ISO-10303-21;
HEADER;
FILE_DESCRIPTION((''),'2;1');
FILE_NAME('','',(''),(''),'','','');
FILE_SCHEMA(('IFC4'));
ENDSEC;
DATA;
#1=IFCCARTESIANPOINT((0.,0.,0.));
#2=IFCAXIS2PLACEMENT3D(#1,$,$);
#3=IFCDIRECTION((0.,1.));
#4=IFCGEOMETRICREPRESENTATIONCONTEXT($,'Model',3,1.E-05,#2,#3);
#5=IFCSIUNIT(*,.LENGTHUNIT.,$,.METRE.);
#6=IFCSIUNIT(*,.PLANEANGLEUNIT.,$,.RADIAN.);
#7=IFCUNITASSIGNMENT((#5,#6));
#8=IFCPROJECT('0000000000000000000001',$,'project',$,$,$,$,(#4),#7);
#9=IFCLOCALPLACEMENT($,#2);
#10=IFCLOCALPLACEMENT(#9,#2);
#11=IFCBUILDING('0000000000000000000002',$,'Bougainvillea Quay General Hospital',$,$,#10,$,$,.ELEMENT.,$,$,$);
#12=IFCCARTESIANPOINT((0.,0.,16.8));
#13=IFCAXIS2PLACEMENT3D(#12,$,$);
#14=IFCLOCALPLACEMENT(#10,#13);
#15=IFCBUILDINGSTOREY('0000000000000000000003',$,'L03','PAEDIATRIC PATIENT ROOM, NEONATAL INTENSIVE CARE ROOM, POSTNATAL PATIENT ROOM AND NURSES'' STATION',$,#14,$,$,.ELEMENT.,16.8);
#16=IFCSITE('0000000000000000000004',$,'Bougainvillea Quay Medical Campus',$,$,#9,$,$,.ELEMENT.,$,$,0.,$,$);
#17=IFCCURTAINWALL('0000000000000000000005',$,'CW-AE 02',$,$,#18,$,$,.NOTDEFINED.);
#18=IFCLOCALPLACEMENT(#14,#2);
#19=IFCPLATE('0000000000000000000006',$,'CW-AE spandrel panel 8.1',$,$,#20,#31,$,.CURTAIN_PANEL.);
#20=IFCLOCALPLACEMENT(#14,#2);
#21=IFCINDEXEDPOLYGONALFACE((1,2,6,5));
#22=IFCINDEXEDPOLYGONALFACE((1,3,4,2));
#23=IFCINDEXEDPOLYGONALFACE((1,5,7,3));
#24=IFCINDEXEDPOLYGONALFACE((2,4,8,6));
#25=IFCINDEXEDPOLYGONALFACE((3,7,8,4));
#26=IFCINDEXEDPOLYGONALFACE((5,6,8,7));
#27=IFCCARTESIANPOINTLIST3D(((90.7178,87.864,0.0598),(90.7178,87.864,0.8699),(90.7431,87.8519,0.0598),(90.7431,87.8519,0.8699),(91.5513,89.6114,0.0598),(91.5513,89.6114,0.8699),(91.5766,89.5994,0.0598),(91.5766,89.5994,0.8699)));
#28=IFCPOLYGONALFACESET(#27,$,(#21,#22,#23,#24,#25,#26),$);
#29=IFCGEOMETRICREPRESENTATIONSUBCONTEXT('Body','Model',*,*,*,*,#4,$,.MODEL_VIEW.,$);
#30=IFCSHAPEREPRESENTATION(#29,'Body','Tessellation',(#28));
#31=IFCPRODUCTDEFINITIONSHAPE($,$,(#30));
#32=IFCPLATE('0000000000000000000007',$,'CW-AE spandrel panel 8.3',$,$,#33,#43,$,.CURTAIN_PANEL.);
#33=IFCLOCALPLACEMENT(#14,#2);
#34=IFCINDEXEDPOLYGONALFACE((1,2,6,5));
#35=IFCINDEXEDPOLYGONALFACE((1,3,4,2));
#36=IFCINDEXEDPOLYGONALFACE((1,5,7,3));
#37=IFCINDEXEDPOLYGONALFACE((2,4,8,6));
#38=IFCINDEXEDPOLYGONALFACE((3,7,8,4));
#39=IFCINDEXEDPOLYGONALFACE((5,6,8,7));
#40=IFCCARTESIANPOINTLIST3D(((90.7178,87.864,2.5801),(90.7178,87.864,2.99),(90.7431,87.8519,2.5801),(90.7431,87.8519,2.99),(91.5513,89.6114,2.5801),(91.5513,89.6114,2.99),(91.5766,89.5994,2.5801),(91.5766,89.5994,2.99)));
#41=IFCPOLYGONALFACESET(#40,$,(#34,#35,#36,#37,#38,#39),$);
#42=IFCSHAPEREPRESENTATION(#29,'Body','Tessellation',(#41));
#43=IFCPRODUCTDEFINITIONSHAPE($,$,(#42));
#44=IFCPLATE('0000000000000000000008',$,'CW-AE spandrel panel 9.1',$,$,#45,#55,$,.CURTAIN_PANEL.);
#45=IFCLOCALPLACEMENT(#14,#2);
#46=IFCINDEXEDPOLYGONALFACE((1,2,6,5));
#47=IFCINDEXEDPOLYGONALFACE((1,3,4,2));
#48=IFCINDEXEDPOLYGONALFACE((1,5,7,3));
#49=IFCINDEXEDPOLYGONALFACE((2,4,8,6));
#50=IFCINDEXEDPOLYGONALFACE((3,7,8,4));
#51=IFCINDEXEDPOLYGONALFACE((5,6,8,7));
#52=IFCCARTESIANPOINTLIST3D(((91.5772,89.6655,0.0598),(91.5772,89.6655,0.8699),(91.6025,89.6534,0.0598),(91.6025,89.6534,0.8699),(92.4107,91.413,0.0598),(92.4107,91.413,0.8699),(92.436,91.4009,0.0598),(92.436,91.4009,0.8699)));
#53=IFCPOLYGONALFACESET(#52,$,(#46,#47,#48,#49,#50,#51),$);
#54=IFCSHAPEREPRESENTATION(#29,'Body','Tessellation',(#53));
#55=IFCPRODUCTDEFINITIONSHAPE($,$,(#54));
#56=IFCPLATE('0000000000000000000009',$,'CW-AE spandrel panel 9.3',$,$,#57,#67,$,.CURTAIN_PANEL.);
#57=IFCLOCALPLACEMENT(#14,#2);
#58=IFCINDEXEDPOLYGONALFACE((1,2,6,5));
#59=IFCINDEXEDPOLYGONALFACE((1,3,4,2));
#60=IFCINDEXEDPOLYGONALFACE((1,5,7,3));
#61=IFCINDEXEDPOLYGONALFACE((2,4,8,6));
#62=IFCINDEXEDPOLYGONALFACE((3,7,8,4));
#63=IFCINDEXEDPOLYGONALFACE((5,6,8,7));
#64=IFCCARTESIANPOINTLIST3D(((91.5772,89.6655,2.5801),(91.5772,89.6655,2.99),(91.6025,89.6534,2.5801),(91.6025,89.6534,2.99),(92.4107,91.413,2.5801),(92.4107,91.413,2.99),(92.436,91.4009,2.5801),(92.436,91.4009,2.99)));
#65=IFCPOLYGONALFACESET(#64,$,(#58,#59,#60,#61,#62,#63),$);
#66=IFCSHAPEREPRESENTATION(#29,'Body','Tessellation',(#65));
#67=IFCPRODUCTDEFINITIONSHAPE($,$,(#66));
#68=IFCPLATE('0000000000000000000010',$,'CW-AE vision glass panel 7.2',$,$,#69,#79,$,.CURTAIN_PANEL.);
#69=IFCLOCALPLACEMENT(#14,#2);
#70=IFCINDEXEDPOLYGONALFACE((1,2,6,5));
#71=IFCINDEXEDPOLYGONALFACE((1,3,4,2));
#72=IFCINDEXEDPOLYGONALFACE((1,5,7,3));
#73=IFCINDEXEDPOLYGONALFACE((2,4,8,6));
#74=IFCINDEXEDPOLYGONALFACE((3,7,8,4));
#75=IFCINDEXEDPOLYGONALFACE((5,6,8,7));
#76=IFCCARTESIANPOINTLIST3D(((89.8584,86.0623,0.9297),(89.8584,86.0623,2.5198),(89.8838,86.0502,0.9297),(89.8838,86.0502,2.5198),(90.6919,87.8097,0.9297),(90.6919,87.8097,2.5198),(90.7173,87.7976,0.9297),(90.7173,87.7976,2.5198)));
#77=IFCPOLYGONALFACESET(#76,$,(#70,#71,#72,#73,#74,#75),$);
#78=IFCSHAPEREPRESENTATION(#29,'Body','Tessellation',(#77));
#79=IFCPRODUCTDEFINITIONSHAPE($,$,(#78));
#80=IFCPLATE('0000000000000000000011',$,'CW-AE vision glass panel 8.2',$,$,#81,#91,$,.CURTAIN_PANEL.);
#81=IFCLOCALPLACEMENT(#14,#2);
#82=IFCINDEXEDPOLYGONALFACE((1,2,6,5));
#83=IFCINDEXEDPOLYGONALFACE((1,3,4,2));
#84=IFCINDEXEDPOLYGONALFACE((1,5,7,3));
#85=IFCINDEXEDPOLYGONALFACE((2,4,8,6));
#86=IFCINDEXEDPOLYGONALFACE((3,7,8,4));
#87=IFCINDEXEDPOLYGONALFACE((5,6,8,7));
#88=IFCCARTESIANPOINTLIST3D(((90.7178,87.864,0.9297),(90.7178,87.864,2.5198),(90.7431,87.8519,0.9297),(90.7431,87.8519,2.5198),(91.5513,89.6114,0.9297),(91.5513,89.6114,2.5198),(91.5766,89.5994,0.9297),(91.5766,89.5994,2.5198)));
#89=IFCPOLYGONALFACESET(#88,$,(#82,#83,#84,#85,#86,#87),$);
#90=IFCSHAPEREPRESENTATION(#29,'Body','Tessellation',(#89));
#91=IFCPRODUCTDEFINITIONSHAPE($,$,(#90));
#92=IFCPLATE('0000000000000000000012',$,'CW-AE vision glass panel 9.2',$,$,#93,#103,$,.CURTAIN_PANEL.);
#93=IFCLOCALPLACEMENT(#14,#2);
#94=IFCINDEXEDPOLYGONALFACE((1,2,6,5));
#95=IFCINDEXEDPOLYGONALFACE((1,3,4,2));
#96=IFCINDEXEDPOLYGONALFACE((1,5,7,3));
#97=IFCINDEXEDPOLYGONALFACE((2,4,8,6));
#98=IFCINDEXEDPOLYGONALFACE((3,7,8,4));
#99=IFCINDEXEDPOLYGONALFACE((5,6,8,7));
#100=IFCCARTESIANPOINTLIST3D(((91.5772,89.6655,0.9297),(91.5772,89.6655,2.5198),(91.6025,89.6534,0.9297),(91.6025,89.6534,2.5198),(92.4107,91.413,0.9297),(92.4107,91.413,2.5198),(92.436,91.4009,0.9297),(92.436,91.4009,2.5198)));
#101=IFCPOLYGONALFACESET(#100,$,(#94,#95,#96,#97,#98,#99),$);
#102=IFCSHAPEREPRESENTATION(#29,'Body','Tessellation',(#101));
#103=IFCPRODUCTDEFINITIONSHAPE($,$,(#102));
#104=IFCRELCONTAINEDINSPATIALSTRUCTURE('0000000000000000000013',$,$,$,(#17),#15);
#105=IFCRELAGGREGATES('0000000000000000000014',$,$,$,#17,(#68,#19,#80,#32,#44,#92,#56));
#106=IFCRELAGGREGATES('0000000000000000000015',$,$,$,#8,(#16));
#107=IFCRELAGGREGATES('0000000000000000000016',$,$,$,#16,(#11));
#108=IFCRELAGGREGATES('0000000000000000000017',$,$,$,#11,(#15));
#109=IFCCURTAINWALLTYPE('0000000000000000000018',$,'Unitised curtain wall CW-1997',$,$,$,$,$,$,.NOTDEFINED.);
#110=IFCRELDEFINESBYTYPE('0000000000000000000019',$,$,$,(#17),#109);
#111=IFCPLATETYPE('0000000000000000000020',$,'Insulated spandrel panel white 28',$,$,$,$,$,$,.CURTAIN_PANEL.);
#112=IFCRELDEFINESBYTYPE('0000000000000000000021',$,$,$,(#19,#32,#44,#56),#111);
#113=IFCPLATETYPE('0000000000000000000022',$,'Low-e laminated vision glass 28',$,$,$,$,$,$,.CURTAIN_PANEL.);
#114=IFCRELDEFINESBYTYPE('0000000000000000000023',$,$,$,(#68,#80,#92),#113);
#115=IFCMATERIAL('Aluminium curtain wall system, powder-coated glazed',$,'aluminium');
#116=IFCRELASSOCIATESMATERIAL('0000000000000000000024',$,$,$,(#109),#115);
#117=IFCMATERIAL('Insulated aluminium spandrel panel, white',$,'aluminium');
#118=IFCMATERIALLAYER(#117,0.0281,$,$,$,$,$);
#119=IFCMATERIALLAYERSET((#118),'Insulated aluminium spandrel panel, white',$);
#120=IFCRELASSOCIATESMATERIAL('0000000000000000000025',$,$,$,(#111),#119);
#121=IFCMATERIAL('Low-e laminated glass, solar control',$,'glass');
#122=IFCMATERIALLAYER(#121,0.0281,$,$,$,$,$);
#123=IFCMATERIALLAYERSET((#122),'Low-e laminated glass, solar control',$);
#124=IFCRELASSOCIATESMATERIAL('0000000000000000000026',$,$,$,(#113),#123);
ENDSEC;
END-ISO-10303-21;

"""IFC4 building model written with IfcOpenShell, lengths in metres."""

from ifc_helpers import new_model, si_unit, direction, frame, origin, origin_2d, place, context, subcontext, project, spatial, rectangle, extrude, material, layer, layer_set, type_object, element, aggregate, save


model = new_model("IFC4")

# Units and contexts
model_context = context("Model", 3, precision=1e-05, world=origin(), true_north=direction((0.0, 1.0)))
body_context = subcontext(model_context, "Body", "Model", "MODEL_VIEW")
ifc_project = project(units=[si_unit("LENGTHUNIT", "METRE"), si_unit("PLANEANGLEUNIT", "RADIAN")], contexts=[model_context])

# Site, building, storey
site_placement = place(None, origin())
site = spatial("IfcSite", under=ifc_project, at=site_placement, Name="Bougainvillea Quay Medical Campus", CompositionType="ELEMENT", RefElevation=0.0)
building_placement = place(site_placement, origin())
building = spatial("IfcBuilding", under=site, at=building_placement, Name="Bougainvillea Quay General Hospital", CompositionType="ELEMENT")
storey_placement = place(building_placement, frame((0.0, 0.0, 16.8)))
storey = spatial("IfcBuildingStorey", under=building, at=storey_placement, Name="L03", Description="PAEDIATRIC PATIENT ROOM, NEONATAL INTENSIVE CARE ROOM, POSTNATAL PATIENT ROOM AND NURSES' STATION", CompositionType="ELEMENT", Elevation=16.8)

# Curtain wall
ifc_material_1 = material(Name="Aluminium curtain wall system, powder-coated glazed", Category="aluminium")
curtain_wall_type = type_object("IfcCurtainWallType", Name="Unitised curtain wall CW-1997", PredefinedType="NOTDEFINED", material=ifc_material_1)
curtain_wall_placement = place(storey_placement, origin())
curtain_wall = element("IfcCurtainWall", 1, at=curtain_wall_placement, inside=storey, type_object=curtain_wall_type, Name="CW-AE 02", PredefinedType="NOTDEFINED")

# Plates
ifc_material_2 = material(Name="Insulated aluminium spandrel panel, white", Category="aluminium")
ifc_layer_1 = layer(ifc_material_2, 0.0281)
ifc_layer_set_1 = layer_set([ifc_layer_1], Name="Insulated aluminium spandrel panel, white")
plate_type_1 = type_object("IfcPlateType", Name="Insulated spandrel panel white 28", PredefinedType="CURTAIN_PANEL", material=ifc_layer_set_1)
plate_1_placement = place(storey_placement, frame((91.1472, 88.7317, 0.0598), z_axis=(0.0, 0.0, 1.0), x_axis=(0.430525, 0.902578, 0.0)))
plate_1 = element("IfcPlate", 2, at=plate_1_placement, type_object=plate_type_1, Name="CW-AE spandrel panel 8.1", PredefinedType="CURTAIN_PANEL", context=body_context, shape_type="SweptSolid", body=[
    extrude(rectangle(XDim=1.936, YDim=0.0281, at=origin_2d()), origin(), (0.0, 0.0, 1.0), 0.8101),
])
plate_2_placement = place(storey_placement, frame((91.1472, 88.7317, 2.5801), z_axis=(0.0, 0.0, 1.0), x_axis=(0.430525, 0.902578, 0.0)))
plate_2 = element("IfcPlate", 3, at=plate_2_placement, type_object=plate_type_1, Name="CW-AE spandrel panel 8.3", PredefinedType="CURTAIN_PANEL", context=body_context, shape_type="SweptSolid", body=[
    extrude(rectangle(XDim=1.936, YDim=0.0281, at=origin_2d()), origin(), (0.0, 0.0, 1.0), 0.4099),
])
plate_3_placement = place(storey_placement, frame((92.0066, 90.5332, 0.0598), z_axis=(0.0, 0.0, 1.0), x_axis=(0.430525, 0.902578, 0.0)))
plate_3 = element("IfcPlate", 4, at=plate_3_placement, type_object=plate_type_1, Name="CW-AE spandrel panel 9.1", PredefinedType="CURTAIN_PANEL", context=body_context, shape_type="SweptSolid", body=[
    extrude(rectangle(XDim=1.936, YDim=0.0281, at=origin_2d()), origin(), (0.0, 0.0, 1.0), 0.8101),
])
plate_4_placement = place(storey_placement, frame((92.0066, 90.5332, 2.5801), z_axis=(0.0, 0.0, 1.0), x_axis=(0.430525, 0.902578, 0.0)))
plate_4 = element("IfcPlate", 5, at=plate_4_placement, type_object=plate_type_1, Name="CW-AE spandrel panel 9.3", PredefinedType="CURTAIN_PANEL", context=body_context, shape_type="SweptSolid", body=[
    extrude(rectangle(XDim=1.936, YDim=0.0281, at=origin_2d()), origin(), (0.0, 0.0, 1.0), 0.4099),
])
ifc_material_3 = material(Name="Low-e laminated glass, solar control", Category="glass")
ifc_layer_2 = layer(ifc_material_3, 0.0281)
ifc_layer_set_2 = layer_set([ifc_layer_2], Name="Low-e laminated glass, solar control")
plate_type_2 = type_object("IfcPlateType", Name="Low-e laminated vision glass 28", PredefinedType="CURTAIN_PANEL", material=ifc_layer_set_2)
plate_5_placement = place(storey_placement, frame((90.2878, 86.9299, 0.9297), z_axis=(0.0, 0.0, 1.0), x_axis=(0.430525, 0.902578, 0.0)))
plate_5 = element("IfcPlate", 6, at=plate_5_placement, type_object=plate_type_2, Name="CW-AE vision glass panel 7.2", PredefinedType="CURTAIN_PANEL", context=body_context, shape_type="SweptSolid", body=[
    extrude(rectangle(XDim=1.936, YDim=0.0281, at=origin_2d()), origin(), (0.0, 0.0, 1.0), 1.5901),
])
plate_6_placement = place(storey_placement, frame((91.1472, 88.7317, 0.9297), z_axis=(0.0, 0.0, 1.0), x_axis=(0.430525, 0.902578, 0.0)))
plate_6 = element("IfcPlate", 7, at=plate_6_placement, type_object=plate_type_2, Name="CW-AE vision glass panel 8.2", PredefinedType="CURTAIN_PANEL", context=body_context, shape_type="SweptSolid", body=[
    extrude(rectangle(XDim=1.936, YDim=0.0281, at=origin_2d()), origin(), (0.0, 0.0, 1.0), 1.5901),
])
plate_7_placement = place(storey_placement, frame((92.0066, 90.5332, 0.9297), z_axis=(0.0, 0.0, 1.0), x_axis=(0.430525, 0.902578, 0.0)))
plate_7 = element("IfcPlate", 8, at=plate_7_placement, type_object=plate_type_2, Name="CW-AE vision glass panel 9.2", PredefinedType="CURTAIN_PANEL", context=body_context, shape_type="SweptSolid", body=[
    extrude(rectangle(XDim=1.936, YDim=0.0281, at=origin_2d()), origin(), (0.0, 0.0, 1.0), 1.5901),
])
aggregate(curtain_wall, [plate_5, plate_1, plate_6, plate_2, plate_3, plate_7, plate_4])

save(model, "model.ifc")
